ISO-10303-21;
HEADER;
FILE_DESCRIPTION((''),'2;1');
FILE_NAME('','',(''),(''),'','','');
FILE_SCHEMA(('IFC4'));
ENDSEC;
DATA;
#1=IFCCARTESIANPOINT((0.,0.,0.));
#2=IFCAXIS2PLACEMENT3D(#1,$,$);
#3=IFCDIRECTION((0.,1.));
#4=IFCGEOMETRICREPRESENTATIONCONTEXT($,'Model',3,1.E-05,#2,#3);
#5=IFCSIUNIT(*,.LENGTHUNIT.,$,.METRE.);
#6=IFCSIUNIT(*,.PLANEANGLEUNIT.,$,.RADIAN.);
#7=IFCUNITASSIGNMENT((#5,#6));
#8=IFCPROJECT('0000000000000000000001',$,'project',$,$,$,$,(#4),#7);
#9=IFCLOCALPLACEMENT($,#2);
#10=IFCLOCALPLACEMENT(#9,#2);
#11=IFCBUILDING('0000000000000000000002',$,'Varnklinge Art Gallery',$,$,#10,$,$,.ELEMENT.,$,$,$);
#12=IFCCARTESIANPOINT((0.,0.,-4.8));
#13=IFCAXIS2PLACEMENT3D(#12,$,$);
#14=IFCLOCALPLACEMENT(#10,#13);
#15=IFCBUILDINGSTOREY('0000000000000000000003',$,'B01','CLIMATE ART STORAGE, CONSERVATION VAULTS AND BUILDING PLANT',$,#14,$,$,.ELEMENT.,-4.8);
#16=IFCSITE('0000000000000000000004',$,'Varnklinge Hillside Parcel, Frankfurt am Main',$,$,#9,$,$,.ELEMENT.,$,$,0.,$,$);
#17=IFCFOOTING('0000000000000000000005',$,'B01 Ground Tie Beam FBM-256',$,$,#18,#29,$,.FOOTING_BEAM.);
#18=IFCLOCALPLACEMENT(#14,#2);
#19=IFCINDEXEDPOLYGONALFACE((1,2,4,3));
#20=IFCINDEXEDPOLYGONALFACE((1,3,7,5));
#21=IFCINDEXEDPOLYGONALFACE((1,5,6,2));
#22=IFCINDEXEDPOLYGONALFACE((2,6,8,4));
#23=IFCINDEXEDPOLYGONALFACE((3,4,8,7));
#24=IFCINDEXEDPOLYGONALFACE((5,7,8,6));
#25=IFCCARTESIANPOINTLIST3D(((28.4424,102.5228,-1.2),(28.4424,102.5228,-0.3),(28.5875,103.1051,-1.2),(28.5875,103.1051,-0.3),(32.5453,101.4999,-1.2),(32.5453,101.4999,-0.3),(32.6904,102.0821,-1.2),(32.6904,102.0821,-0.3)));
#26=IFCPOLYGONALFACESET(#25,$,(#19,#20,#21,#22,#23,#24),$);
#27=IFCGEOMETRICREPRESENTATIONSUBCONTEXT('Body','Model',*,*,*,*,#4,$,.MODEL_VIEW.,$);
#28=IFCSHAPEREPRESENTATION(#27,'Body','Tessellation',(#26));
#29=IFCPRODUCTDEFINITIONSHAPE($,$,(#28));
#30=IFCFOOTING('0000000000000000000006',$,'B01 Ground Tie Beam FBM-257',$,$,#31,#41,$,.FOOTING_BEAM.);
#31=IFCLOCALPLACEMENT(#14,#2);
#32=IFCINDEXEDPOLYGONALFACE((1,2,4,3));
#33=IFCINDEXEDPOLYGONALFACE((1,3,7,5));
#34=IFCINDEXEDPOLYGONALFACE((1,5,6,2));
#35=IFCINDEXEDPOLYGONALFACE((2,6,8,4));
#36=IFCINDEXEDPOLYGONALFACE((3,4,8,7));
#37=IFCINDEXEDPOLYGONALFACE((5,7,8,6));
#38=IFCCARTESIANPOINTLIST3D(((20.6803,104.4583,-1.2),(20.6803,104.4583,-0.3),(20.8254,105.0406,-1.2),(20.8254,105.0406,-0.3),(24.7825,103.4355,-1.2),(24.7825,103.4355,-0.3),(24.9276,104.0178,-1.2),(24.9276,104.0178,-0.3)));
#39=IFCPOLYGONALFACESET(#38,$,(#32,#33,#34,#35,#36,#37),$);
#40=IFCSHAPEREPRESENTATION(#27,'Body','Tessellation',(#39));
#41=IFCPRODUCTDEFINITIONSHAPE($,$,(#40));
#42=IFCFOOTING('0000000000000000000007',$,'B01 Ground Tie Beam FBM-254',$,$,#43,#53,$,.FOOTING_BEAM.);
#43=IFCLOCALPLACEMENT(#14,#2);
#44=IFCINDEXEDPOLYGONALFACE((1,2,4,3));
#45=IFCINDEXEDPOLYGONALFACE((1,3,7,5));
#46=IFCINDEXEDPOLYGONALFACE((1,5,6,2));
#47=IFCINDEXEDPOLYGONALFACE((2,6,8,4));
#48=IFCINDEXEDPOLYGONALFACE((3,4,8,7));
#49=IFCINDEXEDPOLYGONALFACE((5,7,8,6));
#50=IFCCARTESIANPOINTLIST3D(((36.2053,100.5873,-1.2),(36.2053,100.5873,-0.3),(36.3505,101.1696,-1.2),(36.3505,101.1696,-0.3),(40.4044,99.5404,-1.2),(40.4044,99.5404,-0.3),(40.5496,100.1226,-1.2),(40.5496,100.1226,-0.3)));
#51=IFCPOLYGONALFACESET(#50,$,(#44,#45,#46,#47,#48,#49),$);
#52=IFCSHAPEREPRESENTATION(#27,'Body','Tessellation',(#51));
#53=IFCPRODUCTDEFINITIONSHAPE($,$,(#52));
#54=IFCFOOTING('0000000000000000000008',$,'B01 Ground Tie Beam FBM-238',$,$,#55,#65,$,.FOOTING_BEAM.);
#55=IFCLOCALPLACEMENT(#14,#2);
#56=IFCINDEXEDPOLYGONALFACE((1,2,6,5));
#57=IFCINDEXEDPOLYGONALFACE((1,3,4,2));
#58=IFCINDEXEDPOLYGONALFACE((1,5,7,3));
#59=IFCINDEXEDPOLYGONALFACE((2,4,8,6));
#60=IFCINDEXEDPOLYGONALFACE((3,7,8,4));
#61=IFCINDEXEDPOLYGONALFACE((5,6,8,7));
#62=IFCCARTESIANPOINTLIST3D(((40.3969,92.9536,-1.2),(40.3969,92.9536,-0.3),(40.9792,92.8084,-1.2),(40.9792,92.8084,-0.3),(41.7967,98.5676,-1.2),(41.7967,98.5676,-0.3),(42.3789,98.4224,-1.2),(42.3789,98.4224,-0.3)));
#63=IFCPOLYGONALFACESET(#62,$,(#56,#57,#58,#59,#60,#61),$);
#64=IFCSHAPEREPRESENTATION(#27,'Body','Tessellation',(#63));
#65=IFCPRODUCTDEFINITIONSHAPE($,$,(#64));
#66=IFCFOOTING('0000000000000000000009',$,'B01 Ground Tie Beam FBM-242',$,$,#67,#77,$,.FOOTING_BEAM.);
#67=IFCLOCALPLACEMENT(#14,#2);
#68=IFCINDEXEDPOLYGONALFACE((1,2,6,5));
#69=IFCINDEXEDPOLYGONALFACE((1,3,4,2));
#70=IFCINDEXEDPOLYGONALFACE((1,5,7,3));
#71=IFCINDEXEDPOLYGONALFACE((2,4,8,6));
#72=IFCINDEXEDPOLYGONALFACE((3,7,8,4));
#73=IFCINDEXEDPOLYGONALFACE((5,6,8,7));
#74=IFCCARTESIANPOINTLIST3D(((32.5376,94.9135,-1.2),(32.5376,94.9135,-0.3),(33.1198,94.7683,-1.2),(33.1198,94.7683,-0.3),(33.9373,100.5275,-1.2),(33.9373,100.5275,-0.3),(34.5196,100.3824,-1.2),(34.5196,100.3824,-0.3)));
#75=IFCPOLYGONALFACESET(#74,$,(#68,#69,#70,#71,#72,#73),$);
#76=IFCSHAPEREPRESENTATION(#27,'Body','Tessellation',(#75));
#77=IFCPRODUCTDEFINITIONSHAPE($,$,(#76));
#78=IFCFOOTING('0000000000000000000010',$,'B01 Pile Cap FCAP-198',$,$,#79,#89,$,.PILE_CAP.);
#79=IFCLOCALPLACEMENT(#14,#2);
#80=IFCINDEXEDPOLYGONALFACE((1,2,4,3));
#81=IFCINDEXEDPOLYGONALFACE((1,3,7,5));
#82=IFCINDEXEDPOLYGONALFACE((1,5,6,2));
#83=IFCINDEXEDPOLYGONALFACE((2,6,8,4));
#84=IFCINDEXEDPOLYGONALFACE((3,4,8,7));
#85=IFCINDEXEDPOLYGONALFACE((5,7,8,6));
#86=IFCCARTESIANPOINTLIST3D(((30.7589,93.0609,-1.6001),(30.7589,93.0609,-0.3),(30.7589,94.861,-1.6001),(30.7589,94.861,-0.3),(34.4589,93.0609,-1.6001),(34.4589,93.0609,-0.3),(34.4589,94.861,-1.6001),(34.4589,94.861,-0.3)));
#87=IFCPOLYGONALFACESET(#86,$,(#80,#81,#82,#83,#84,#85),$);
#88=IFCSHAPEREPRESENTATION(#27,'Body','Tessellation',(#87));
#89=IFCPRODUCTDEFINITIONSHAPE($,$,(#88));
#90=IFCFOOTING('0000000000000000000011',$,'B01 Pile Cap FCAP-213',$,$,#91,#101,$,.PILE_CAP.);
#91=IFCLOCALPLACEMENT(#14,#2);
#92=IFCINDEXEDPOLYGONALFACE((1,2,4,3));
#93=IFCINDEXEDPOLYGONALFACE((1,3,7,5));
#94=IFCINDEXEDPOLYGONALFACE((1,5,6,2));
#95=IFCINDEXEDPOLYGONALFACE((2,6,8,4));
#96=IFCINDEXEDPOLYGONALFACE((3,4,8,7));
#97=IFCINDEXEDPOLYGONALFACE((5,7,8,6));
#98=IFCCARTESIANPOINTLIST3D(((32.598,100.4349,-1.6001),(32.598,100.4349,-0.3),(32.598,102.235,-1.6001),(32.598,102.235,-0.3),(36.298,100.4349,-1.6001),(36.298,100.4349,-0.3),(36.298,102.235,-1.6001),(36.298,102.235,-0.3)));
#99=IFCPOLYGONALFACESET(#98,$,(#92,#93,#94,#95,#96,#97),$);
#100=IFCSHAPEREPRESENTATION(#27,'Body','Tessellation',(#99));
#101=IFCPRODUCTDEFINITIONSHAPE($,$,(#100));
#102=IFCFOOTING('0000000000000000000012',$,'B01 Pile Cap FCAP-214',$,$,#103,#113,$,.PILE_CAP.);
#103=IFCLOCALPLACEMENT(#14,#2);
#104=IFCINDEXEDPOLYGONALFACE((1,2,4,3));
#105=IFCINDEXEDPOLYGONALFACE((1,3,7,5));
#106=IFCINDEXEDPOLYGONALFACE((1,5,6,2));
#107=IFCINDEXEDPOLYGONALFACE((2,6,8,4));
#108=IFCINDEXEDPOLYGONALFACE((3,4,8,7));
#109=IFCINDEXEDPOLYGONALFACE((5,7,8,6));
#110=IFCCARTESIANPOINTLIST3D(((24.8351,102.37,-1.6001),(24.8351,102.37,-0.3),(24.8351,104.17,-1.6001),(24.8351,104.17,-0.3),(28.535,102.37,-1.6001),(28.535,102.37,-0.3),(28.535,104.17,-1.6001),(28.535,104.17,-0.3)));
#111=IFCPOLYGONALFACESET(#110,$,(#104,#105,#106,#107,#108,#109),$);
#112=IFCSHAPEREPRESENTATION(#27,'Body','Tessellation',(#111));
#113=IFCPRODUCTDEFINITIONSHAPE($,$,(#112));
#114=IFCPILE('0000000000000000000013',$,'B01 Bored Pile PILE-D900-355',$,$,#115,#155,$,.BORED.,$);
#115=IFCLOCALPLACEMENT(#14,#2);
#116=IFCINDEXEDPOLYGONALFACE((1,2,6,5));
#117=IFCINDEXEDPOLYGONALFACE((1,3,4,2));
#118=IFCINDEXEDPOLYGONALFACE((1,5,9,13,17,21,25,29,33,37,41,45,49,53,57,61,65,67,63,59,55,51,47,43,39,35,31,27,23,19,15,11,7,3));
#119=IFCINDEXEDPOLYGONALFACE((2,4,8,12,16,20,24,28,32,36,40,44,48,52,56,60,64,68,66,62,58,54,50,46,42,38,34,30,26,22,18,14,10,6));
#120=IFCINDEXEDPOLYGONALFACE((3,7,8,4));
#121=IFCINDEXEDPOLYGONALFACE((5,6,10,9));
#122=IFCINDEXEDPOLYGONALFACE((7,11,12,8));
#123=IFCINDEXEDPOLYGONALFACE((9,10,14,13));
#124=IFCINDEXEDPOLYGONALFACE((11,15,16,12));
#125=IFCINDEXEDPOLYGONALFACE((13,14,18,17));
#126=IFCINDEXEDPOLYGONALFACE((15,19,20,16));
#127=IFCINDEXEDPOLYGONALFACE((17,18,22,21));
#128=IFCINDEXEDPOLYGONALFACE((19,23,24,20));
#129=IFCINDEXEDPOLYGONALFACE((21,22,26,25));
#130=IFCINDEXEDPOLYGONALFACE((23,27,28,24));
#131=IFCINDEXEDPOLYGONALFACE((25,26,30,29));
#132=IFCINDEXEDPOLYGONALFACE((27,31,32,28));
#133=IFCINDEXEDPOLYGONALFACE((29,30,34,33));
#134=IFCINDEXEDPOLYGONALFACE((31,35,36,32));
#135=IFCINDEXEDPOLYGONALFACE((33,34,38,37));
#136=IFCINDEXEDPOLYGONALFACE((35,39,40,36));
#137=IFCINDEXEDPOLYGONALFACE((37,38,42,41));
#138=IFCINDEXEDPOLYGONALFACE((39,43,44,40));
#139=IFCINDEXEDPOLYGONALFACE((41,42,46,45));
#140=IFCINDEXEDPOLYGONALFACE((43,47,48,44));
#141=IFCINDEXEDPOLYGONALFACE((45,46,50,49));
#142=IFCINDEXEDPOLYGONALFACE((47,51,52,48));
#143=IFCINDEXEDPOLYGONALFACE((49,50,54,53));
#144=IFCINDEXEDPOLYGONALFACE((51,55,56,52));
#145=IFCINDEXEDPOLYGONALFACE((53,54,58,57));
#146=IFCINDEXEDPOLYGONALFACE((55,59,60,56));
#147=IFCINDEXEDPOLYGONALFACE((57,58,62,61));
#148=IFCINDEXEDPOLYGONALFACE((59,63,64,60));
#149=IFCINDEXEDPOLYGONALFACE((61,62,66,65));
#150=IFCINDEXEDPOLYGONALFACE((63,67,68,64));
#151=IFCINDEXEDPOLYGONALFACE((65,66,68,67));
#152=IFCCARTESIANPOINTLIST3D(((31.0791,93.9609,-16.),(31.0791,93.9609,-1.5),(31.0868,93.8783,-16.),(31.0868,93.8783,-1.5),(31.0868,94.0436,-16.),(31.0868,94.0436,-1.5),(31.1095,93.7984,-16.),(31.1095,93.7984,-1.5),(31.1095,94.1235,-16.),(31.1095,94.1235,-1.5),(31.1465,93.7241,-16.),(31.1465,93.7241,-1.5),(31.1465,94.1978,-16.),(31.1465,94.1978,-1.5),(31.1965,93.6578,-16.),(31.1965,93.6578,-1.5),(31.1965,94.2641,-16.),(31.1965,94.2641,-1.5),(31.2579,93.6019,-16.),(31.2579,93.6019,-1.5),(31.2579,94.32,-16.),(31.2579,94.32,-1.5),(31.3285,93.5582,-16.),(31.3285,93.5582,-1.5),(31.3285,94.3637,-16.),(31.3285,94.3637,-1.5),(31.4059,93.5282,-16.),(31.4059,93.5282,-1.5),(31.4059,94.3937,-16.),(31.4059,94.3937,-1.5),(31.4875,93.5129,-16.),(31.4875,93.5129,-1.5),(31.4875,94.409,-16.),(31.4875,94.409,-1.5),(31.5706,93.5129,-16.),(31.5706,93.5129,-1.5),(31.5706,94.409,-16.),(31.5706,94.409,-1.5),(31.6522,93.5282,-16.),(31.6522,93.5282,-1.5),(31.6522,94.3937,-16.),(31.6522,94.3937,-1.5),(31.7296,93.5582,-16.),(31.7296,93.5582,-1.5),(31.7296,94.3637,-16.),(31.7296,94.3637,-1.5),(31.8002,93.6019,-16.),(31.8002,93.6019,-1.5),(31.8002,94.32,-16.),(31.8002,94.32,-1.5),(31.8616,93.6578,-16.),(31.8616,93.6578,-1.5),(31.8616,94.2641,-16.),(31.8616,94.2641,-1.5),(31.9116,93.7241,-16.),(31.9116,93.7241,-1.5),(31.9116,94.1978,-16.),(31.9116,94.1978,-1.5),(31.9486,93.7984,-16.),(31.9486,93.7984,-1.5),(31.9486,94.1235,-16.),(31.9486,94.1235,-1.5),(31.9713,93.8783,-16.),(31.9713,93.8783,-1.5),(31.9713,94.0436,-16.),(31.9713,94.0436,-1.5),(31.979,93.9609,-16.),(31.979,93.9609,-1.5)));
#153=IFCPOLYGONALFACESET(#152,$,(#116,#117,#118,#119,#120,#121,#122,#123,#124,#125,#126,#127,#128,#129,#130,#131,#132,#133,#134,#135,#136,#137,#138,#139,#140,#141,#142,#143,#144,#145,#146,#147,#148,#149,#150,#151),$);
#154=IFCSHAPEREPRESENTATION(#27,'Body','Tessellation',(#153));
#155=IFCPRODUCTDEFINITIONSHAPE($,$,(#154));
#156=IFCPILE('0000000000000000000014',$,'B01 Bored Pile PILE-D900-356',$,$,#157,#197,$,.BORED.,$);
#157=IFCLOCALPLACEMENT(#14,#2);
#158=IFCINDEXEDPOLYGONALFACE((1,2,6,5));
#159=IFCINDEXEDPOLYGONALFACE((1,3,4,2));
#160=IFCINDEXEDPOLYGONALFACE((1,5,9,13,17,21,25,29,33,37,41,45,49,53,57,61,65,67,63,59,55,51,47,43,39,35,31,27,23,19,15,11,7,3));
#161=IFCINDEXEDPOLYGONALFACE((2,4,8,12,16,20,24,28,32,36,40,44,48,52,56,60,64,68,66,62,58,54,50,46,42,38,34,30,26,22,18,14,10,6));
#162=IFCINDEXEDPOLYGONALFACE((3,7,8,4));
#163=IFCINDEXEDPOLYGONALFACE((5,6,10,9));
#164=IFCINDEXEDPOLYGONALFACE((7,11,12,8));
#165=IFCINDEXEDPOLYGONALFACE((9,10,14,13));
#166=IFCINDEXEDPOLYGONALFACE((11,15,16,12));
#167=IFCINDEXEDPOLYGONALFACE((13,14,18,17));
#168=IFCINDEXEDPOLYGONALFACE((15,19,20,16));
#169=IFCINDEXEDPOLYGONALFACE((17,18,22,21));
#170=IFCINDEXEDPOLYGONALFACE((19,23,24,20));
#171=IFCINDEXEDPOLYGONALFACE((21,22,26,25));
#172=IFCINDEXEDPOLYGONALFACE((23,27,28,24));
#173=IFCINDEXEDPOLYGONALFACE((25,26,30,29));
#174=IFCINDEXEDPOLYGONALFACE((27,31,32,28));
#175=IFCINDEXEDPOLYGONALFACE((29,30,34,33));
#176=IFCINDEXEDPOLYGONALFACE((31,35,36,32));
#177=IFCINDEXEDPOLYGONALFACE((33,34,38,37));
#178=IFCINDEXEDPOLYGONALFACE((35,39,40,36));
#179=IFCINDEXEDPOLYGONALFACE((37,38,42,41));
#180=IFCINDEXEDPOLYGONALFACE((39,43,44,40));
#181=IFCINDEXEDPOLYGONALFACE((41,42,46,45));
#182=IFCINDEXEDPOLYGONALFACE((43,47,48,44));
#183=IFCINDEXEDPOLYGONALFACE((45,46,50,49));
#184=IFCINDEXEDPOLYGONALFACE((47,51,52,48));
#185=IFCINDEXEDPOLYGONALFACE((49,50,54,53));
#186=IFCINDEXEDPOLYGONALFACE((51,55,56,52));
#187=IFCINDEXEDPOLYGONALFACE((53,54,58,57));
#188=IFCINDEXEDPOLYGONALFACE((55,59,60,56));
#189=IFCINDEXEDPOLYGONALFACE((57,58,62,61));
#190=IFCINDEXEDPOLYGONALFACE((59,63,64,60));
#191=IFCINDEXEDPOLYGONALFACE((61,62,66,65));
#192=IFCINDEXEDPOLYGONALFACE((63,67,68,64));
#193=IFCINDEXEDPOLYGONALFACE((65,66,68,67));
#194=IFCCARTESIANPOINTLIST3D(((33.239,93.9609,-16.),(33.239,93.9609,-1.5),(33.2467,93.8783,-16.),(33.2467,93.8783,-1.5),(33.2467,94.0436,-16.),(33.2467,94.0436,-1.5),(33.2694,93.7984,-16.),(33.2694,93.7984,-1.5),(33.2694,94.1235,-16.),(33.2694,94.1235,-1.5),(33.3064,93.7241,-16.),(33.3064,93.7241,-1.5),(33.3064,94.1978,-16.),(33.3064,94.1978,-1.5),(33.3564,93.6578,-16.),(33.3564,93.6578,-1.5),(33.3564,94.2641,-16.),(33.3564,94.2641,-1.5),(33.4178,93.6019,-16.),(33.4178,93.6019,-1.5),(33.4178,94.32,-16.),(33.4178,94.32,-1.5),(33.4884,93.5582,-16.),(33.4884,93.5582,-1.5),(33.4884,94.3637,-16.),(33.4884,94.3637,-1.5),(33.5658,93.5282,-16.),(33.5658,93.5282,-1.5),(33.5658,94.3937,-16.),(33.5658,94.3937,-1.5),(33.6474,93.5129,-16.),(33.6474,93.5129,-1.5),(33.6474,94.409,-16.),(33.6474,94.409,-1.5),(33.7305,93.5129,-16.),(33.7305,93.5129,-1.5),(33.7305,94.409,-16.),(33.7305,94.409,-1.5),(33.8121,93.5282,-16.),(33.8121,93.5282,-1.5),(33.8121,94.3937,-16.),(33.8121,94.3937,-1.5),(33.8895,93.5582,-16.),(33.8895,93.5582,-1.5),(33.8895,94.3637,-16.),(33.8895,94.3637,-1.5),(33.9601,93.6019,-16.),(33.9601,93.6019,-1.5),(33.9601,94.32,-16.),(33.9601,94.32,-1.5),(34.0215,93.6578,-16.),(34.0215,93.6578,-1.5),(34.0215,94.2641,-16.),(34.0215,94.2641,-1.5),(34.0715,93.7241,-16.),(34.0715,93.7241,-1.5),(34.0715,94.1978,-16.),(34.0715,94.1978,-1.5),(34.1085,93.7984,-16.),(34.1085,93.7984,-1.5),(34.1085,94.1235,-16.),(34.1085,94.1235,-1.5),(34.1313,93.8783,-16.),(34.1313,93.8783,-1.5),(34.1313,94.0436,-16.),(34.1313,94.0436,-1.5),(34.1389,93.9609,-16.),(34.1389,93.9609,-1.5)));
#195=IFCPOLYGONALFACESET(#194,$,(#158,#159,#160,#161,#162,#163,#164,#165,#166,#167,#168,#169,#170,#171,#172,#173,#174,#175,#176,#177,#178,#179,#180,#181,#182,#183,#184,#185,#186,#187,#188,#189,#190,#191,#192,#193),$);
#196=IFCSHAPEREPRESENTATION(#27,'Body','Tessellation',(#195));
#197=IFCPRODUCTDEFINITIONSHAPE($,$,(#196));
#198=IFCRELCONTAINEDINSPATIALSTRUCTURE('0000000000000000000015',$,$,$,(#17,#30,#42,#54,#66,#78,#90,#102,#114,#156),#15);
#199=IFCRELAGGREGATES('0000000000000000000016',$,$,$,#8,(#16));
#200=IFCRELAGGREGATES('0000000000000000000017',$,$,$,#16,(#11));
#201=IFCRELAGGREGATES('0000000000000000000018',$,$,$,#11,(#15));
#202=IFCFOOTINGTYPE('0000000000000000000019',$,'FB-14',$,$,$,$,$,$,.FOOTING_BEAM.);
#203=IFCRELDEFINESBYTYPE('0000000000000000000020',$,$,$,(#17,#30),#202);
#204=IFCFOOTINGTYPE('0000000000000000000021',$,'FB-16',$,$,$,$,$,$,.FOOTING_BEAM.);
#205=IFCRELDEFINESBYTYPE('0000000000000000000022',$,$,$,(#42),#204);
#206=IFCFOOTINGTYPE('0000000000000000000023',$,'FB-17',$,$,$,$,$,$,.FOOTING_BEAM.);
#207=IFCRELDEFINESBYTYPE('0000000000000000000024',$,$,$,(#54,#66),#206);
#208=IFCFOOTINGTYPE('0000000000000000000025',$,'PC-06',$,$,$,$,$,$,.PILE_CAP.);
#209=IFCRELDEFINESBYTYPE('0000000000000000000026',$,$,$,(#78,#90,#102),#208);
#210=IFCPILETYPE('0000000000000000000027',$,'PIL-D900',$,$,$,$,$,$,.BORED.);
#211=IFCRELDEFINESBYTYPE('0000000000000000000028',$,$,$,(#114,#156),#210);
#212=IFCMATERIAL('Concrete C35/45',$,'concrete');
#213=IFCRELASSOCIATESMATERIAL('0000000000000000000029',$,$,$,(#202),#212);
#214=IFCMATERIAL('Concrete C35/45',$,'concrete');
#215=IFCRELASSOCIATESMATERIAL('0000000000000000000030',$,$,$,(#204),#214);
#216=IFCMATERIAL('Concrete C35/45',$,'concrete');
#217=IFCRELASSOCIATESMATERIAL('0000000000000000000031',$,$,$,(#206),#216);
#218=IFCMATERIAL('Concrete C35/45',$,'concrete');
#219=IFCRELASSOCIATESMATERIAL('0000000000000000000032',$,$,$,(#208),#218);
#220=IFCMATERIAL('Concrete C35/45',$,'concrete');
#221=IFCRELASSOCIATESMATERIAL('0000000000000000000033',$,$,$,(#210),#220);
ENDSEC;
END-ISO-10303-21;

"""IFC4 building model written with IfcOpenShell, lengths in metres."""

from ifc_helpers import new_model, si_unit, direction, frame, origin, origin_2d, place, context, subcontext, project, spatial, rectangle, circle, extrude, material, material_profile, profile_set, type_object, element, save


model = new_model("IFC4")

# Units and contexts
model_context = context("Model", 3, precision=1e-05, world=origin(), true_north=direction((0.0, 1.0)))
body_context = subcontext(model_context, "Body", "Model", "MODEL_VIEW")
ifc_project = project(units=[si_unit("LENGTHUNIT", "METRE"), si_unit("PLANEANGLEUNIT", "RADIAN")], contexts=[model_context])

# Site, building, storey
site_placement = place(None, origin())
site = spatial("IfcSite", under=ifc_project, at=site_placement, Name="Varnklinge Hillside Parcel, Frankfurt am Main", CompositionType="ELEMENT", RefElevation=0.0)
building_placement = place(site_placement, origin())
building = spatial("IfcBuilding", under=site, at=building_placement, Name="Varnklinge Art Gallery", CompositionType="ELEMENT")
storey_placement = place(building_placement, frame((0.0, 0.0, -4.8)))
storey = spatial("IfcBuildingStorey", under=building, at=storey_placement, Name="B01", Description="CLIMATE ART STORAGE, CONSERVATION VAULTS AND BUILDING PLANT", CompositionType="ELEMENT", Elevation=-4.8)

# Footings
ifc_material_1 = material(Name="Concrete C35/45", Category="concrete")
footing_type_1 = type_object("IfcFootingType", Name="FB-14", PredefinedType="FOOTING_BEAM", material=ifc_material_1)
footing_1_placement = place(storey_placement, frame((30.5664, 102.3025, -1.2), z_axis=(0.0, 0.0, 1.0), x_axis=(-0.970296, 0.241922, 0.0)))
element("IfcFooting", 1, at=footing_1_placement, inside=storey, type_object=footing_type_1, Name="B01 Ground Tie Beam FBM-256", PredefinedType="FOOTING_BEAM", context=body_context, shape_type="SweptSolid", body=[
    extrude(rectangle(XDim=4.2285, YDim=0.6001, at=origin_2d()), origin(), (0.0, 0.0, 1.0), 0.8999),
])
footing_2_placement = place(storey_placement, frame((22.804, 104.238, -1.2), z_axis=(0.0, 0.0, 1.0), x_axis=(-0.970296, 0.241922, 0.0)))
element("IfcFooting", 2, at=footing_2_placement, inside=storey, type_object=footing_type_1, Name="B01 Ground Tie Beam FBM-257", PredefinedType="FOOTING_BEAM", context=body_context, shape_type="SweptSolid", body=[
    extrude(rectangle(XDim=4.2278, YDim=0.6001, at=origin_2d()), origin(), (0.0, 0.0, 1.0), 0.8999),
])
ifc_material_2 = material(Name="Concrete C35/45", Category="concrete")
footing_type_2 = type_object("IfcFootingType", Name="FB-16", PredefinedType="FOOTING_BEAM", material=ifc_material_2)
footing_3_placement = place(storey_placement, frame((38.3774, 100.355, -1.2), z_axis=(0.0, 0.0, 1.0), x_axis=(-0.970296, 0.241922, 0.0)))
element("IfcFooting", 3, at=footing_3_placement, inside=storey, type_object=footing_type_2, Name="B01 Ground Tie Beam FBM-254", PredefinedType="FOOTING_BEAM", context=body_context, shape_type="SweptSolid", body=[
    extrude(rectangle(XDim=4.3276, YDim=0.6001, at=origin_2d()), origin(), (0.0, 0.0, 1.0), 0.8999),
])
ifc_material_3 = material(Name="Concrete C35/45", Category="concrete")
footing_type_3 = type_object("IfcFootingType", Name="FB-17", PredefinedType="FOOTING_BEAM", material=ifc_material_3)
for number, where, z_axis, x_axis, name in (
    (4, (41.3879, 95.688, -1.2), (0.0, 0.0, 1.0), (0.241922, 0.970296, 0.0), "B01 Ground Tie Beam FBM-238"),
    (5, (33.5286, 97.6479, -1.2), (0.0, 0.0, 1.0), (0.241922, 0.970296, 0.0), "B01 Ground Tie Beam FBM-242"),
):
    element("IfcFooting", number, at=place(storey_placement, frame(where, z_axis=z_axis, x_axis=x_axis)), inside=storey, type_object=footing_type_3, Name=name, PredefinedType="FOOTING_BEAM", context=body_context, shape_type="SweptSolid", body=[
        extrude(rectangle(XDim=5.7859, YDim=0.6001, at=origin_2d()), origin(), (0.0, 0.0, 1.0), 0.8999),
    ])
ifc_material_4 = material(Name="Concrete C35/45", Category="concrete")
footing_type_4 = type_object("IfcFootingType", Name="PC-06", PredefinedType="PILE_CAP", material=ifc_material_4)
for number, where, z_axis, x_axis, name in (
    (6, (32.6089, 93.9609, -1.6001), (0.0, 0.0, 1.0), (1.0, 0.0, 0.0), "B01 Pile Cap FCAP-198"),
    (7, (34.448, 101.335, -1.6001), (0.0, 0.0, 1.0), (1.0, 0.0, 0.0), "B01 Pile Cap FCAP-213"),
    (8, (26.6851, 103.27, -1.6001), (0.0, 0.0, 1.0), (1.0, 0.0, 0.0), "B01 Pile Cap FCAP-214"),
):
    element("IfcFooting", number, at=place(storey_placement, frame(where, z_axis=z_axis, x_axis=x_axis)), inside=storey, type_object=footing_type_4, Name=name, PredefinedType="PILE_CAP", context=body_context, shape_type="SweptSolid", body=[
        extrude(rectangle(XDim=3.7, YDim=1.8, at=origin_2d()), origin(), (0.0, 0.0, 1.0), 1.3),
    ])

# Piles
ifc_material_5 = material(Name="Concrete C35/45", Category="concrete")
ifc_material_profile_1 = material_profile(ifc_material_5, circle(Radius=0.45, at=origin_2d()), Name="PILE D900")
ifc_profile_set_1 = profile_set([ifc_material_profile_1], Name="Concrete C35/45")
pile_type = type_object("IfcPileType", Name="PIL-D900", PredefinedType="BORED", material=ifc_profile_set_1)
for number, where, z_axis, x_axis, name in (
    (9, (31.5291, 93.9609, -1.5), (0.0, 0.0, -1.0), (1.0, 0.0, 0.0), "B01 Bored Pile PILE-D900-355"),
    (10, (33.689, 93.9609, -1.5), (0.0, 0.0, -1.0), (1.0, 0.0, 0.0), "B01 Bored Pile PILE-D900-356"),
):
    element("IfcPile", number, at=place(storey_placement, frame(where, z_axis=z_axis, x_axis=x_axis)), inside=storey, type_object=pile_type, Name=name, PredefinedType="BORED", context=body_context, shape_type="SweptSolid", body=[
        extrude(circle(Radius=0.45, at=origin_2d()), origin(), (0.0, 0.0, 1.0), 14.5),
    ])

save(model, "model.ifc")
